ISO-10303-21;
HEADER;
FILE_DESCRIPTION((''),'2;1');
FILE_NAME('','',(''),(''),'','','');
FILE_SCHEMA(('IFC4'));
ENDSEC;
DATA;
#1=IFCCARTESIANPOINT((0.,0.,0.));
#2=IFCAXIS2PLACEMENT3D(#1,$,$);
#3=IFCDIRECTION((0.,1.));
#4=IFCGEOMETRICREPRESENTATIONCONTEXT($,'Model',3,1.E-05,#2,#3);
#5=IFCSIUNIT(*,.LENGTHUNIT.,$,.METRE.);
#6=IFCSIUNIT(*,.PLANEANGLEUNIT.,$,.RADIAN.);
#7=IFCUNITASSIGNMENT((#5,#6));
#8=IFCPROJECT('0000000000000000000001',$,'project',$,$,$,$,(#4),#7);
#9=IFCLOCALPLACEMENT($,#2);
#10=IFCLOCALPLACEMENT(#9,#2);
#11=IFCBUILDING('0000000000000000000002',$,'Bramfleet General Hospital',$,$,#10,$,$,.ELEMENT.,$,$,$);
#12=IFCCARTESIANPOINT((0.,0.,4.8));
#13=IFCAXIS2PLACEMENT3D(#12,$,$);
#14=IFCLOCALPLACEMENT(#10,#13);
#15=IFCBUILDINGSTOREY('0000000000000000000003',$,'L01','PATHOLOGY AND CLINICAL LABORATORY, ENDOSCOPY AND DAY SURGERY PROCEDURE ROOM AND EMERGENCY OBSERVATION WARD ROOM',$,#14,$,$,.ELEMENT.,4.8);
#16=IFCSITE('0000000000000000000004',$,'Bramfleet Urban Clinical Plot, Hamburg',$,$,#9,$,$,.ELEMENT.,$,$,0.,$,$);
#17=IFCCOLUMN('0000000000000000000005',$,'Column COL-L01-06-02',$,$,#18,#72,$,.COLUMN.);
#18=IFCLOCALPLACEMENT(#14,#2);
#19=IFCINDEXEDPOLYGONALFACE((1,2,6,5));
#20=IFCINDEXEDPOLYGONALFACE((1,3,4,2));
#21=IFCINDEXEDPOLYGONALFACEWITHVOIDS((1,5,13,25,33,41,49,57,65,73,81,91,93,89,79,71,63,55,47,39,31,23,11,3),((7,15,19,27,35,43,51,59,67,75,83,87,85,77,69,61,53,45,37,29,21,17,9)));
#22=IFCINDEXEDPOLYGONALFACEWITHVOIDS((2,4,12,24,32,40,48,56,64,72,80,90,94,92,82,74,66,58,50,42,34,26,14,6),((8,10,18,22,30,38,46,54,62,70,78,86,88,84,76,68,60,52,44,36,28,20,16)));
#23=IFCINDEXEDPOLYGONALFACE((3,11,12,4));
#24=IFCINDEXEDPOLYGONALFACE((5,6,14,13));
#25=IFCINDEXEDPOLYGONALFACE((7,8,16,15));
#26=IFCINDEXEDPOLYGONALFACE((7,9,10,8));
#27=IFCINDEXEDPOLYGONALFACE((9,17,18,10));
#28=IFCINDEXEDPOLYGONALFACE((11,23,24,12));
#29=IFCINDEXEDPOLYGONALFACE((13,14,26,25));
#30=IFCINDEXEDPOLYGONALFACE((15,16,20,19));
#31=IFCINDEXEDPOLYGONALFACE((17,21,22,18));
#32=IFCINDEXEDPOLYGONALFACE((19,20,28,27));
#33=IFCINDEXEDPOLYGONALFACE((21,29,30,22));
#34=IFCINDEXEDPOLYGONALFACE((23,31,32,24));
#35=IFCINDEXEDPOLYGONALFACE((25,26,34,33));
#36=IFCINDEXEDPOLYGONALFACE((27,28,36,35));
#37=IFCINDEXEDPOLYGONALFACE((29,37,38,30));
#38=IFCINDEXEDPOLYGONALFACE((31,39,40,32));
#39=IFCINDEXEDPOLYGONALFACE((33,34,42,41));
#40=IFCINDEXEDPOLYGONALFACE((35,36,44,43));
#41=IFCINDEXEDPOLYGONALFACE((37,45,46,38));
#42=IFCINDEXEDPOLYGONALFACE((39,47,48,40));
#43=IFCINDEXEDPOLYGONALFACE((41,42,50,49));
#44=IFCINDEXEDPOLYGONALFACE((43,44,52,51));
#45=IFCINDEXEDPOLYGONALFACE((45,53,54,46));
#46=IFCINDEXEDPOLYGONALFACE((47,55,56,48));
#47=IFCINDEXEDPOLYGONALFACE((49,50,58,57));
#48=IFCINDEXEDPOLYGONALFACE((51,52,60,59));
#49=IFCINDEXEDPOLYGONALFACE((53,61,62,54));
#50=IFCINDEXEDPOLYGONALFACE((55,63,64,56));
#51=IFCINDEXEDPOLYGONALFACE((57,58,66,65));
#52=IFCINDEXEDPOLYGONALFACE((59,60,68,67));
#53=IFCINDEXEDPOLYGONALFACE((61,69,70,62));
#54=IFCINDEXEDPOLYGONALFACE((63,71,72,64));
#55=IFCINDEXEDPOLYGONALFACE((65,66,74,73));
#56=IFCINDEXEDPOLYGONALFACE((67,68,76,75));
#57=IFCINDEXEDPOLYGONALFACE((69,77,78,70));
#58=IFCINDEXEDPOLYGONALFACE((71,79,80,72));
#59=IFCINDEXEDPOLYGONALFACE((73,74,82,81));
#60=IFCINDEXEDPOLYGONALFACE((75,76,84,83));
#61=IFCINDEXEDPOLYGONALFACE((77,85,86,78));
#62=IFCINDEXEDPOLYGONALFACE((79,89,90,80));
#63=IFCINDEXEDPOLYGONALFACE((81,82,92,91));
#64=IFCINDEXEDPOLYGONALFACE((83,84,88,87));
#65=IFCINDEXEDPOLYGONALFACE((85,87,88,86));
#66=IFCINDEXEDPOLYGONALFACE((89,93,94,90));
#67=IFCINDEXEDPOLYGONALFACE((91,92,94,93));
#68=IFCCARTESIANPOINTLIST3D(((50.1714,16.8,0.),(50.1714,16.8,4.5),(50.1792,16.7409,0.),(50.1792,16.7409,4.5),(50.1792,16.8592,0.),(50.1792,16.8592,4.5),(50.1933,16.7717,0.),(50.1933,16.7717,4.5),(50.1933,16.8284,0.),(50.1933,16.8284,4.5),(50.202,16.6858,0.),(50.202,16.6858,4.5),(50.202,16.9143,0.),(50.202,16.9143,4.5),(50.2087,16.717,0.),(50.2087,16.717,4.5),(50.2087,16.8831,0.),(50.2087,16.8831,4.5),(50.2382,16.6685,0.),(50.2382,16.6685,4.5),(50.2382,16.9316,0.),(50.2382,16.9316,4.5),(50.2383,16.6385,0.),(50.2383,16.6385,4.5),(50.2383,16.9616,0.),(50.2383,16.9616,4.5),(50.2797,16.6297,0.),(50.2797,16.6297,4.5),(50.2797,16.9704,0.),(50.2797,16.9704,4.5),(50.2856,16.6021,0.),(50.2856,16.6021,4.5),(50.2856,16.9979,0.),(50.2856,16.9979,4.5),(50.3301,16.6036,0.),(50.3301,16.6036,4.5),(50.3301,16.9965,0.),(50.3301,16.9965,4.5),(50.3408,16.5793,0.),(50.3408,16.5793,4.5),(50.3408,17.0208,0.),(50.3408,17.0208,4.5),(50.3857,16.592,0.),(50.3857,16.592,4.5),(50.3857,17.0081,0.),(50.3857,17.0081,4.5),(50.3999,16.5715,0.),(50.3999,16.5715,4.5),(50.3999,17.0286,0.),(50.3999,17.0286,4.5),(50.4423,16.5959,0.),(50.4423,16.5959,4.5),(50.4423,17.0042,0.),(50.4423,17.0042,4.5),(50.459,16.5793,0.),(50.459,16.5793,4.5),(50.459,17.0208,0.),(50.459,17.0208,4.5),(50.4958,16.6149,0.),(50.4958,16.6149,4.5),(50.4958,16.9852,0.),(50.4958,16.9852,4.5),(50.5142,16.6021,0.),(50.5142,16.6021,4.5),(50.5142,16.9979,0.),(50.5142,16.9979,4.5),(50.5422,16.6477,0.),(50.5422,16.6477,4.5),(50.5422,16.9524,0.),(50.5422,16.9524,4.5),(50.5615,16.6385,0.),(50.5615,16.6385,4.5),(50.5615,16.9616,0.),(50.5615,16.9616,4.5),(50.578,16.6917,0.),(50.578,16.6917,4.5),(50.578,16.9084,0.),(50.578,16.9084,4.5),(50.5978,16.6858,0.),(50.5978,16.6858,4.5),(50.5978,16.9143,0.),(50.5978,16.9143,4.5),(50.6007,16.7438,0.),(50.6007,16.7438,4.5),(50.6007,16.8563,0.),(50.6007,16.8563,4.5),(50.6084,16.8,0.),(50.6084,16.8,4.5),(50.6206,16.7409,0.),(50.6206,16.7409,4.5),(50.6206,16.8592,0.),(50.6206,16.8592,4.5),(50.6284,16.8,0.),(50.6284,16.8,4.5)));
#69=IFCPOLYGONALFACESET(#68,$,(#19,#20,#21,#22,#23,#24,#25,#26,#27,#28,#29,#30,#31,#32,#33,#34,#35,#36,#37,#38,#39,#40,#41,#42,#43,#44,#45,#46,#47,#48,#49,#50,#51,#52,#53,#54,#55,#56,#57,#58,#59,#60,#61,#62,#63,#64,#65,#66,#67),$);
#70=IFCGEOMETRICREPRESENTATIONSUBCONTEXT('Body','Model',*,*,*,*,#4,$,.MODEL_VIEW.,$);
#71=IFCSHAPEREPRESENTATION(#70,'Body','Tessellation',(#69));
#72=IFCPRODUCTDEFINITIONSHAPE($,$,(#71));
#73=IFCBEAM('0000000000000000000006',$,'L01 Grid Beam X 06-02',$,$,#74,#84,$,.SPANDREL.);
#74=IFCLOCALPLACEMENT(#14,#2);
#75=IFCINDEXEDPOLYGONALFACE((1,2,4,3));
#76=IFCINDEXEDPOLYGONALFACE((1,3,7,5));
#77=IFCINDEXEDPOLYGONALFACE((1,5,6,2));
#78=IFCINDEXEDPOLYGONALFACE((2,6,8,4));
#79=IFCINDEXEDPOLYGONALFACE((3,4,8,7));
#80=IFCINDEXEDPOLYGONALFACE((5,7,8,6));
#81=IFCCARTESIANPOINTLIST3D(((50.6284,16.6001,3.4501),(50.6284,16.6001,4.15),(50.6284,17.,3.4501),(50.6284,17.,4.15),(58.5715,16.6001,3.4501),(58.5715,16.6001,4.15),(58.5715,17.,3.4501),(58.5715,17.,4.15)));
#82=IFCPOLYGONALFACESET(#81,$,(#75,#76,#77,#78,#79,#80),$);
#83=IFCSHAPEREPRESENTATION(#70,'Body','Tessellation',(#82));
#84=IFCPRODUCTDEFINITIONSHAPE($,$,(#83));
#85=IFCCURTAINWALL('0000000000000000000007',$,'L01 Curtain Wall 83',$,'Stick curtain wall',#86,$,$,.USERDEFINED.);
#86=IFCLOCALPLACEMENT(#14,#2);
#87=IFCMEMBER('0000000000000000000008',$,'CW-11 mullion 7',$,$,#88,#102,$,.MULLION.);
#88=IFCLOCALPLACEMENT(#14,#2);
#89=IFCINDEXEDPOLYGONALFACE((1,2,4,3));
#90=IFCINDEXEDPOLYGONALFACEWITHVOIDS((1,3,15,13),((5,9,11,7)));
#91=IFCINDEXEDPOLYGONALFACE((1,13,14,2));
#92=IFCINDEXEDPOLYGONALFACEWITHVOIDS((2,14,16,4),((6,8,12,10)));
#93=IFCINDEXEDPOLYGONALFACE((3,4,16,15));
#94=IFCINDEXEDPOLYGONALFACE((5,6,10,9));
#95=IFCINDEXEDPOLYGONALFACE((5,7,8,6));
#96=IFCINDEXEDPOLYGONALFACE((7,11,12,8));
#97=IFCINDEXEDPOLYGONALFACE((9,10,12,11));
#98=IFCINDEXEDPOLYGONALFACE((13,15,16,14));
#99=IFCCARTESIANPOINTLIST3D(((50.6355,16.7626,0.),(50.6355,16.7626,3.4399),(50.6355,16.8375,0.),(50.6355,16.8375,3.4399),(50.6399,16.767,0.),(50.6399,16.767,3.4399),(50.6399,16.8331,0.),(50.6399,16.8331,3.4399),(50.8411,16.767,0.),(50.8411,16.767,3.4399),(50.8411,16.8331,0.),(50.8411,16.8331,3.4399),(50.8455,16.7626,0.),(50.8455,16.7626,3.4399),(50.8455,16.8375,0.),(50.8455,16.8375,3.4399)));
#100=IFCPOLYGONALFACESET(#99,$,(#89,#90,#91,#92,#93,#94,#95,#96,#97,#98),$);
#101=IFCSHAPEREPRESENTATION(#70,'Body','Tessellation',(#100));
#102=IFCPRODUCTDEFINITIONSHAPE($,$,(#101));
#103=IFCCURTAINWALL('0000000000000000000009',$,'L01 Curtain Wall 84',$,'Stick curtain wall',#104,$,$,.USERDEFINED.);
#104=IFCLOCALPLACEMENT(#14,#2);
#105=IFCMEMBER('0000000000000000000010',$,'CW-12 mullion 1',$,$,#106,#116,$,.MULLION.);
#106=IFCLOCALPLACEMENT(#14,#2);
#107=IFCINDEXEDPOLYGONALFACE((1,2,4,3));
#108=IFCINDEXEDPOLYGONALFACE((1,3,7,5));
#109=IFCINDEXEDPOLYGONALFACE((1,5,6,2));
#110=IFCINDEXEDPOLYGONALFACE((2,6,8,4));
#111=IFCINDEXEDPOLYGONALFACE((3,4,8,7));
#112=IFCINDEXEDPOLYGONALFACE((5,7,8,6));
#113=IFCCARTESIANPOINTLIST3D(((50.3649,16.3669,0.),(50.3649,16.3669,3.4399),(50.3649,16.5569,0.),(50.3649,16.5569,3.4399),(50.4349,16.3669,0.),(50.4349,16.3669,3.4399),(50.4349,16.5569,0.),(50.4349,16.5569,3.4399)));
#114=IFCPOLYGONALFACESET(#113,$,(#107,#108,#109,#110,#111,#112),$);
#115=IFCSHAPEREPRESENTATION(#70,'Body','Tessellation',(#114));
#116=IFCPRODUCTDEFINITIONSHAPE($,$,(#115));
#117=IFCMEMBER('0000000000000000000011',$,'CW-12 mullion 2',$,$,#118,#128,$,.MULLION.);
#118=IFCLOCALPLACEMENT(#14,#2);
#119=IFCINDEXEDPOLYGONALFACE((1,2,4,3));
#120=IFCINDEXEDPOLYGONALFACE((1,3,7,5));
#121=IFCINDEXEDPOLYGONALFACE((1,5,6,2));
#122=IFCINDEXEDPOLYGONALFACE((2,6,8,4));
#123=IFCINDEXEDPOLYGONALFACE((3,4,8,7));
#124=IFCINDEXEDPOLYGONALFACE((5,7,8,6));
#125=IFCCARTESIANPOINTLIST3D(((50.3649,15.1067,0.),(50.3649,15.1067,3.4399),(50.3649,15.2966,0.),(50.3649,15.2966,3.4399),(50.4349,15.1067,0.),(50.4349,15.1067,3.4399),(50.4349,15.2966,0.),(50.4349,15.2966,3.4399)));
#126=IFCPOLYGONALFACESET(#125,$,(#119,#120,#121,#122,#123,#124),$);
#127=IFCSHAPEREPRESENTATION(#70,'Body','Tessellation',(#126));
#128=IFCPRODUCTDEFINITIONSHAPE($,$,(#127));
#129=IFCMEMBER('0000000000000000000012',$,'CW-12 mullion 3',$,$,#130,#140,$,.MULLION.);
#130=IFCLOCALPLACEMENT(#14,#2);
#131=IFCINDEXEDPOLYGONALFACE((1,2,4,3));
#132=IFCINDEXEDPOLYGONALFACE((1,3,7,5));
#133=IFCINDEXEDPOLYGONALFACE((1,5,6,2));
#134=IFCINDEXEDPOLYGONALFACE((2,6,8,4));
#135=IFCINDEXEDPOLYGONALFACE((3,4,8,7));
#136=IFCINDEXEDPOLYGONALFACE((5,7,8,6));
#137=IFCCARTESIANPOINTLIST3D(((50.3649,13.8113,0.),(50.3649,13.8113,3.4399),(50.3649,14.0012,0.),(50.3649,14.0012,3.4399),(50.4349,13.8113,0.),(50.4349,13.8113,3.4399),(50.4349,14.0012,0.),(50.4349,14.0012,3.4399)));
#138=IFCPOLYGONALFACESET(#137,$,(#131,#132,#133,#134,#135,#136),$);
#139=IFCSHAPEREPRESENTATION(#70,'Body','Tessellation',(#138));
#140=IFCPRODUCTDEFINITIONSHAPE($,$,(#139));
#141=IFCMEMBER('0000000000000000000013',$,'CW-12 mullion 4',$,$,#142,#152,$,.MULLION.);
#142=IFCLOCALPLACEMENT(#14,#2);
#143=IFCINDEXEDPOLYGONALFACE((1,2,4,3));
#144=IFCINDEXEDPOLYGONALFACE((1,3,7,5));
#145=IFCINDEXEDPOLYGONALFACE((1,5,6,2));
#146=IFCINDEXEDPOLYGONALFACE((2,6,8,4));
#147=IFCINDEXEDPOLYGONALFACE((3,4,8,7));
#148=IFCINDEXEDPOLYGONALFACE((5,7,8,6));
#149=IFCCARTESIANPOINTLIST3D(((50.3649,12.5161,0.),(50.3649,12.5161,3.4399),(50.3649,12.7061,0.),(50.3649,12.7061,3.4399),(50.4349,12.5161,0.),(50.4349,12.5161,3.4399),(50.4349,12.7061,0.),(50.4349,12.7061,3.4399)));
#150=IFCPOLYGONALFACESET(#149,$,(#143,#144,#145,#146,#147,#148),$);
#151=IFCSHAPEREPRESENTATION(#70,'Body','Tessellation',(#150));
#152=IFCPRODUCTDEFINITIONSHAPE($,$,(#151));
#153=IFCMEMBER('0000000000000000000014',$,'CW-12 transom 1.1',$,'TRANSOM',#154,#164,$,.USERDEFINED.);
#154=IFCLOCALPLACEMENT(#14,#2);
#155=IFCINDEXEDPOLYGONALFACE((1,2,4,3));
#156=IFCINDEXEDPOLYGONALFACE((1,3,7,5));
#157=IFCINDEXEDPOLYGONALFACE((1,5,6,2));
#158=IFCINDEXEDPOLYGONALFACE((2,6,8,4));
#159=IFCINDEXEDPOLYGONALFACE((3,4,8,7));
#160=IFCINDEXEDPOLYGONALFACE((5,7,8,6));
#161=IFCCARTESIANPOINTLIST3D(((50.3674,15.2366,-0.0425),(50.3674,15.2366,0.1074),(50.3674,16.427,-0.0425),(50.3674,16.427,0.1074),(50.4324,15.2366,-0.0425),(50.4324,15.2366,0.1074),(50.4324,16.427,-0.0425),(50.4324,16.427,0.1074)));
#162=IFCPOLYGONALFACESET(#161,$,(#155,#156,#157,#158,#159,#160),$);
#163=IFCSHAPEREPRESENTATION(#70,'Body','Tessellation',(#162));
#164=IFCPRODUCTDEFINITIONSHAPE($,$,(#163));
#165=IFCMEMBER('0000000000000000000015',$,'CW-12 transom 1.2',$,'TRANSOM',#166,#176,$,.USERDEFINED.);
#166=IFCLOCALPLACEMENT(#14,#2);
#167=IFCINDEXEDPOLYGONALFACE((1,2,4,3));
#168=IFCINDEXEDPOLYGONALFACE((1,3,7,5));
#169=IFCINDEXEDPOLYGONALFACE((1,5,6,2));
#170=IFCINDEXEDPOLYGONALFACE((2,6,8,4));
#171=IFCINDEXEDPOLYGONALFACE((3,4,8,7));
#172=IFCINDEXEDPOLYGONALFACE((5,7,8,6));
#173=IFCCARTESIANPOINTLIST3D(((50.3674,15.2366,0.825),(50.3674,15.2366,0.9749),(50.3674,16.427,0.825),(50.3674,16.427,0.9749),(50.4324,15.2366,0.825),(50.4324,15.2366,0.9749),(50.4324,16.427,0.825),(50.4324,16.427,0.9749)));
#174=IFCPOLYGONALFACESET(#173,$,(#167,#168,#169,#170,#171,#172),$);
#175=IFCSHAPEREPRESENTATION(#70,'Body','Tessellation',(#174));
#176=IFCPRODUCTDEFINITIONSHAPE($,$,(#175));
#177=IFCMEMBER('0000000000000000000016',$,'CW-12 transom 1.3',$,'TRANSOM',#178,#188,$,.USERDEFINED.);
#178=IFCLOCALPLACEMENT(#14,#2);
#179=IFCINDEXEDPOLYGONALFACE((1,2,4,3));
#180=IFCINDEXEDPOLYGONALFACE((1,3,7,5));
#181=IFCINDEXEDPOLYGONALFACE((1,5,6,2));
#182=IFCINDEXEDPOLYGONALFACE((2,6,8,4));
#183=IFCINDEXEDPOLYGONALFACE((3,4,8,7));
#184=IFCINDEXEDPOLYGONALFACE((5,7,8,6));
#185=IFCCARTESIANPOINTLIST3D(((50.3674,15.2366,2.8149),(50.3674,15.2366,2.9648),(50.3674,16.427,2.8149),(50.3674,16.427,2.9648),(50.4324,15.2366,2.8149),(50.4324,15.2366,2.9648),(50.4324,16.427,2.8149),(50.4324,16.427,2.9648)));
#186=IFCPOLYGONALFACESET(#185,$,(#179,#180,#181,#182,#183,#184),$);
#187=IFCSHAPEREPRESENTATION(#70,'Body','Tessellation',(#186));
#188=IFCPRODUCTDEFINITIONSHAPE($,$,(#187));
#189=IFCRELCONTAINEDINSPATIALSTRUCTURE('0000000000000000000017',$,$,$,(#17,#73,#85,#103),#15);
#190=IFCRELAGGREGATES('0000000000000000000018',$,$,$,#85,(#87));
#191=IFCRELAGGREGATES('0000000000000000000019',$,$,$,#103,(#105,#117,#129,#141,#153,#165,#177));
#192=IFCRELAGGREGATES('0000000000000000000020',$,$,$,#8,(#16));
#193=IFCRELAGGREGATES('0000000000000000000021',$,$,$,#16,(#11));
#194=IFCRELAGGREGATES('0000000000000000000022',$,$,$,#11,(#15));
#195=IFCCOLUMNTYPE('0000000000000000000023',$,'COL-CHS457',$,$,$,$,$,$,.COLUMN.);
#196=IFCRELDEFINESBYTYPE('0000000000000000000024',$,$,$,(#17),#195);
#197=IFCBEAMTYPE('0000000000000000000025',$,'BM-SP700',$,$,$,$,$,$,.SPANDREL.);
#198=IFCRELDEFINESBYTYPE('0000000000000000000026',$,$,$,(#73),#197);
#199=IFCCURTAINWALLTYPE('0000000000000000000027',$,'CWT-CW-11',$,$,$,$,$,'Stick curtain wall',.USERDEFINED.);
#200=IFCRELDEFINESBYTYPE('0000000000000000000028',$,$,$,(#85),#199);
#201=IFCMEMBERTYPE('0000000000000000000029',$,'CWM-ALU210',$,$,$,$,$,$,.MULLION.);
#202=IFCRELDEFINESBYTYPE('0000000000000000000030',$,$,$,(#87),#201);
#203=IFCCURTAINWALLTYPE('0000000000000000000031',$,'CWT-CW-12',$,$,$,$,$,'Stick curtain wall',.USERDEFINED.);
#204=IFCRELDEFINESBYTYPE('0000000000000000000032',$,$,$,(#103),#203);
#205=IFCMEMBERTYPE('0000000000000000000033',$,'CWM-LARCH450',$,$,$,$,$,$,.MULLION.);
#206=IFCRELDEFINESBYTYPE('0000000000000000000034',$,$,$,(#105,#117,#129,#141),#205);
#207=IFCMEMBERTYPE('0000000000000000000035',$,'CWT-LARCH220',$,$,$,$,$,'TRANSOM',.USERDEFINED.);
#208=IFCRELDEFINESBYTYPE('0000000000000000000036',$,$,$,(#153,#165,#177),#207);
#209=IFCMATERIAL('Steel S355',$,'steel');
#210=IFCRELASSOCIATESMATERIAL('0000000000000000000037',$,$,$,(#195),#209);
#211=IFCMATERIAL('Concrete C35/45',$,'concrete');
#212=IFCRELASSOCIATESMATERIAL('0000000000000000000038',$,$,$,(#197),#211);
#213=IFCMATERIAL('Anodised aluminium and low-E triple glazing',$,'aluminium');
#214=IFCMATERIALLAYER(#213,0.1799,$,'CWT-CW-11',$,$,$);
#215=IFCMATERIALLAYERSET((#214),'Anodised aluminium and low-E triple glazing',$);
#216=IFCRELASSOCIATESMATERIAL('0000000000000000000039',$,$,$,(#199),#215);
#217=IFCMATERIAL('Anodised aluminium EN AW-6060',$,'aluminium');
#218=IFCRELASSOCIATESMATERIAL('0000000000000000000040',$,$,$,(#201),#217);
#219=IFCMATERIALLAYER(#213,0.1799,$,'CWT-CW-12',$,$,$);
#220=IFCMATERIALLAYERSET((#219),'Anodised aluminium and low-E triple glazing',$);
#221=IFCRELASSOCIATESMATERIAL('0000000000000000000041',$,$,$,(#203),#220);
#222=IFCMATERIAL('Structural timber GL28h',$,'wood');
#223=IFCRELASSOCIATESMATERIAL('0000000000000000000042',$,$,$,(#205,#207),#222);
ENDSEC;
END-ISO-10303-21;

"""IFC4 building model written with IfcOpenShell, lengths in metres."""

from ifc_helpers import new_model, si_unit, direction, frame, origin, origin_2d, place, context, subcontext, project, spatial, rectangle, hollow_rectangle, hollow_circle, extrude, material, layer, layer_set, material_profile, profile_set, type_object, element, aggregate, save


model = new_model("IFC4")

# Units and contexts
model_context = context("Model", 3, precision=1e-05, world=origin(), true_north=direction((0.0, 1.0)))
body_context = subcontext(model_context, "Body", "Model", "MODEL_VIEW")
ifc_project = project(units=[si_unit("LENGTHUNIT", "METRE"), si_unit("PLANEANGLEUNIT", "RADIAN")], contexts=[model_context])

# Site, building, storey
site_placement = place(None, origin())
site = spatial("IfcSite", under=ifc_project, at=site_placement, Name="Bramfleet Urban Clinical Plot, Hamburg", CompositionType="ELEMENT", RefElevation=0.0)
building_placement = place(site_placement, origin())
building = spatial("IfcBuilding", under=site, at=building_placement, Name="Bramfleet General Hospital", CompositionType="ELEMENT")
storey_placement = place(building_placement, frame((0.0, 0.0, 4.8)))
storey = spatial("IfcBuildingStorey", under=building, at=storey_placement, Name="L01", Description="PATHOLOGY AND CLINICAL LABORATORY, ENDOSCOPY AND DAY SURGERY PROCEDURE ROOM AND EMERGENCY OBSERVATION WARD ROOM", CompositionType="ELEMENT", Elevation=4.8)

# Column
ifc_material_1 = material(Name="Steel S355", Category="steel")
ifc_material_profile_1 = material_profile(ifc_material_1, hollow_circle(Radius=0.2285, WallThickness=0.02, at=origin_2d()), Name="CHS 457.0x20.0")
ifc_profile_set_1 = profile_set([ifc_material_profile_1], Name="Steel S355")
column_type = type_object("IfcColumnType", Name="COL-CHS457", PredefinedType="COLUMN", material=ifc_profile_set_1)
column_placement = place(storey_placement, frame((50.3999, 16.8, 0.0), z_axis=(0.0, 0.0, 1.0), x_axis=(1.0, 0.0, 0.0)))
element("IfcColumn", 1, at=column_placement, inside=storey, type_object=column_type, Name="Column COL-L01-06-02", PredefinedType="COLUMN", context=body_context, shape_type="SweptSolid", body=[
    extrude(hollow_circle(Radius=0.2285, WallThickness=0.02, at=origin_2d()), origin(), (0.0, 0.0, 1.0), 4.5),
])

# Beam
ifc_material_2 = material(Name="Concrete C35/45", Category="concrete")
ifc_material_profile_2 = material_profile(ifc_material_2, rectangle(XDim=0.3999, YDim=0.7, at=origin_2d()), Name="RC SP 700x400")
ifc_profile_set_2 = profile_set([ifc_material_profile_2], Name="Concrete C35/45")
beam_type = type_object("IfcBeamType", Name="BM-SP700", PredefinedType="SPANDREL", material=ifc_profile_set_2)
beam_placement = place(storey_placement, frame((50.6284, 16.8, 3.8), z_axis=(1.0, 0.0, 0.0), x_axis=(0.0, 1.0, 0.0)))
element("IfcBeam", 2, at=beam_placement, inside=storey, type_object=beam_type, Name="L01 Grid Beam X 06-02", PredefinedType="SPANDREL", context=body_context, shape_type="SweptSolid", body=[
    extrude(rectangle(XDim=0.3999, YDim=0.7, at=origin_2d()), origin(), (0.0, 0.0, 1.0), 7.9431),
])

# Curtain wall, member
ifc_material_3 = material(Name="Anodised aluminium and low-E triple glazing", Category="aluminium")
ifc_layer_1 = layer(ifc_material_3, 0.1799, Name="CWT-CW-11")
ifc_layer_set_1 = layer_set([ifc_layer_1], Name="Anodised aluminium and low-E triple glazing")
curtain_wall_type_1 = type_object("IfcCurtainWallType", Name="CWT-CW-11", ElementType="Stick curtain wall", PredefinedType="USERDEFINED", material=ifc_layer_set_1)
curtain_wall_1_placement = place(storey_placement, origin())
curtain_wall_1 = element("IfcCurtainWall", 3, at=curtain_wall_1_placement, inside=storey, type_object=curtain_wall_type_1, Name="L01 Curtain Wall 83", ObjectType="Stick curtain wall", PredefinedType="USERDEFINED")
ifc_material_4 = material(Name="Anodised aluminium EN AW-6060", Category="aluminium")
ifc_material_profile_3 = material_profile(ifc_material_4, hollow_rectangle(XDim=0.075, YDim=0.21, WallThickness=0.0044, at=origin_2d()), Name="ALU 210x75x4.5")
ifc_profile_set_3 = profile_set([ifc_material_profile_3], Name="Anodised aluminium EN AW-6060")
member_type_1 = type_object("IfcMemberType", Name="CWM-ALU210", PredefinedType="MULLION", material=ifc_profile_set_3)
member_1_placement = place(storey_placement, frame((50.7405, 16.8, 0.0), z_axis=(0.0, 0.0, 1.0), x_axis=(0.0, -1.0, 0.0)))
member_1 = element("IfcMember", 4, at=member_1_placement, type_object=member_type_1, Name="CW-11 mullion 7", PredefinedType="MULLION", context=body_context, shape_type="SweptSolid", body=[
    extrude(hollow_rectangle(XDim=0.075, YDim=0.21, WallThickness=0.0044, at=origin_2d()), origin(), (0.0, 0.0, 1.0), 3.4399),
])

# Curtain wall, members
ifc_layer_2 = layer(ifc_material_3, 0.1799, Name="CWT-CW-12")
ifc_layer_set_2 = layer_set([ifc_layer_2], Name="Anodised aluminium and low-E triple glazing")
curtain_wall_type_2 = type_object("IfcCurtainWallType", Name="CWT-CW-12", ElementType="Stick curtain wall", PredefinedType="USERDEFINED", material=ifc_layer_set_2)
curtain_wall_2_placement = place(storey_placement, origin())
curtain_wall_2 = element("IfcCurtainWall", 5, at=curtain_wall_2_placement, inside=storey, type_object=curtain_wall_type_2, Name="L01 Curtain Wall 84", ObjectType="Stick curtain wall", PredefinedType="USERDEFINED")
ifc_material_5 = material(Name="Structural timber GL28h", Category="wood")
ifc_material_profile_4 = material_profile(ifc_material_5, rectangle(XDim=0.0701, YDim=0.1899, at=origin_2d()), Name="LARCH 190x70")
ifc_profile_set_4 = profile_set([ifc_material_profile_4], Name="Structural timber GL28h")
member_type_2 = type_object("IfcMemberType", Name="CWM-LARCH450", PredefinedType="MULLION", material=ifc_profile_set_4)
member_2_placement = place(storey_placement, frame((50.3999, 16.4619, 0.0), z_axis=(0.0, 0.0, 1.0), x_axis=(1.0, 0.0, 0.0)))
member_2 = element("IfcMember", 6, at=member_2_placement, type_object=member_type_2, Name="CW-12 mullion 1", PredefinedType="MULLION", context=body_context, shape_type="SweptSolid", body=[
    extrude(rectangle(XDim=0.0701, YDim=0.1899, at=origin_2d()), origin(), (0.0, 0.0, 1.0), 3.4399),
])
member_3_placement = place(storey_placement, frame((50.3999, 15.2017, 0.0), z_axis=(0.0, 0.0, 1.0), x_axis=(1.0, 0.0, 0.0)))
member_3 = element("IfcMember", 7, at=member_3_placement, type_object=member_type_2, Name="CW-12 mullion 2", PredefinedType="MULLION", context=body_context, shape_type="SweptSolid", body=[
    extrude(rectangle(XDim=0.0701, YDim=0.1899, at=origin_2d()), origin(), (0.0, 0.0, 1.0), 3.4399),
])
member_4_placement = place(storey_placement, frame((50.3999, 13.9062, 0.0), z_axis=(0.0, 0.0, 1.0), x_axis=(1.0, 0.0, 0.0)))
member_4 = element("IfcMember", 8, at=member_4_placement, type_object=member_type_2, Name="CW-12 mullion 3", PredefinedType="MULLION", context=body_context, shape_type="SweptSolid", body=[
    extrude(rectangle(XDim=0.0701, YDim=0.1899, at=origin_2d()), origin(), (0.0, 0.0, 1.0), 3.4399),
])
member_5_placement = place(storey_placement, frame((50.3999, 12.6111, 0.0), z_axis=(0.0, 0.0, 1.0), x_axis=(1.0, 0.0, 0.0)))
member_5 = element("IfcMember", 9, at=member_5_placement, type_object=member_type_2, Name="CW-12 mullion 4", PredefinedType="MULLION", context=body_context, shape_type="SweptSolid", body=[
    extrude(rectangle(XDim=0.0701, YDim=0.1899, at=origin_2d()), origin(), (0.0, 0.0, 1.0), 3.4399),
])
ifc_material_profile_5 = material_profile(ifc_material_5, rectangle(XDim=0.0649, YDim=0.1499, at=origin_2d()), Name="LARCH 150x65")
ifc_profile_set_5 = profile_set([ifc_material_profile_5], Name="Structural timber GL28h")
member_type_3 = type_object("IfcMemberType", Name="CWT-LARCH220", ElementType="TRANSOM", PredefinedType="USERDEFINED", material=ifc_profile_set_5)
member_6_placement = place(storey_placement, frame((50.3999, 16.427, 0.0325), z_axis=(0.0, -1.0, 0.0), x_axis=(1.0, 0.0, 0.0)))
member_6 = element("IfcMember", 10, at=member_6_placement, type_object=member_type_3, Name="CW-12 transom 1.1", ObjectType="TRANSOM", PredefinedType="USERDEFINED", context=body_context, shape_type="SweptSolid", body=[
    extrude(rectangle(XDim=0.0649, YDim=0.1499, at=origin_2d()), origin(), (0.0, 0.0, 1.0), 1.1904),
])
member_7_placement = place(storey_placement, frame((50.3999, 16.427, 0.8999), z_axis=(0.0, -1.0, 0.0), x_axis=(1.0, 0.0, 0.0)))
member_7 = element("IfcMember", 11, at=member_7_placement, type_object=member_type_3, Name="CW-12 transom 1.2", ObjectType="TRANSOM", PredefinedType="USERDEFINED", context=body_context, shape_type="SweptSolid", body=[
    extrude(rectangle(XDim=0.0649, YDim=0.1499, at=origin_2d()), origin(), (0.0, 0.0, 1.0), 1.1904),
])
member_8_placement = place(storey_placement, frame((50.3999, 16.427, 2.8899), z_axis=(0.0, -1.0, 0.0), x_axis=(1.0, 0.0, 0.0)))
member_8 = element("IfcMember", 12, at=member_8_placement, type_object=member_type_3, Name="CW-12 transom 1.3", ObjectType="TRANSOM", PredefinedType="USERDEFINED", context=body_context, shape_type="SweptSolid", body=[
    extrude(rectangle(XDim=0.0649, YDim=0.1499, at=origin_2d()), origin(), (0.0, 0.0, 1.0), 1.1904),
])

aggregate(curtain_wall_1, [member_1])
aggregate(curtain_wall_2, [member_2, member_3, member_4, member_5, member_6, member_7, member_8])

save(model, "model.ifc")
